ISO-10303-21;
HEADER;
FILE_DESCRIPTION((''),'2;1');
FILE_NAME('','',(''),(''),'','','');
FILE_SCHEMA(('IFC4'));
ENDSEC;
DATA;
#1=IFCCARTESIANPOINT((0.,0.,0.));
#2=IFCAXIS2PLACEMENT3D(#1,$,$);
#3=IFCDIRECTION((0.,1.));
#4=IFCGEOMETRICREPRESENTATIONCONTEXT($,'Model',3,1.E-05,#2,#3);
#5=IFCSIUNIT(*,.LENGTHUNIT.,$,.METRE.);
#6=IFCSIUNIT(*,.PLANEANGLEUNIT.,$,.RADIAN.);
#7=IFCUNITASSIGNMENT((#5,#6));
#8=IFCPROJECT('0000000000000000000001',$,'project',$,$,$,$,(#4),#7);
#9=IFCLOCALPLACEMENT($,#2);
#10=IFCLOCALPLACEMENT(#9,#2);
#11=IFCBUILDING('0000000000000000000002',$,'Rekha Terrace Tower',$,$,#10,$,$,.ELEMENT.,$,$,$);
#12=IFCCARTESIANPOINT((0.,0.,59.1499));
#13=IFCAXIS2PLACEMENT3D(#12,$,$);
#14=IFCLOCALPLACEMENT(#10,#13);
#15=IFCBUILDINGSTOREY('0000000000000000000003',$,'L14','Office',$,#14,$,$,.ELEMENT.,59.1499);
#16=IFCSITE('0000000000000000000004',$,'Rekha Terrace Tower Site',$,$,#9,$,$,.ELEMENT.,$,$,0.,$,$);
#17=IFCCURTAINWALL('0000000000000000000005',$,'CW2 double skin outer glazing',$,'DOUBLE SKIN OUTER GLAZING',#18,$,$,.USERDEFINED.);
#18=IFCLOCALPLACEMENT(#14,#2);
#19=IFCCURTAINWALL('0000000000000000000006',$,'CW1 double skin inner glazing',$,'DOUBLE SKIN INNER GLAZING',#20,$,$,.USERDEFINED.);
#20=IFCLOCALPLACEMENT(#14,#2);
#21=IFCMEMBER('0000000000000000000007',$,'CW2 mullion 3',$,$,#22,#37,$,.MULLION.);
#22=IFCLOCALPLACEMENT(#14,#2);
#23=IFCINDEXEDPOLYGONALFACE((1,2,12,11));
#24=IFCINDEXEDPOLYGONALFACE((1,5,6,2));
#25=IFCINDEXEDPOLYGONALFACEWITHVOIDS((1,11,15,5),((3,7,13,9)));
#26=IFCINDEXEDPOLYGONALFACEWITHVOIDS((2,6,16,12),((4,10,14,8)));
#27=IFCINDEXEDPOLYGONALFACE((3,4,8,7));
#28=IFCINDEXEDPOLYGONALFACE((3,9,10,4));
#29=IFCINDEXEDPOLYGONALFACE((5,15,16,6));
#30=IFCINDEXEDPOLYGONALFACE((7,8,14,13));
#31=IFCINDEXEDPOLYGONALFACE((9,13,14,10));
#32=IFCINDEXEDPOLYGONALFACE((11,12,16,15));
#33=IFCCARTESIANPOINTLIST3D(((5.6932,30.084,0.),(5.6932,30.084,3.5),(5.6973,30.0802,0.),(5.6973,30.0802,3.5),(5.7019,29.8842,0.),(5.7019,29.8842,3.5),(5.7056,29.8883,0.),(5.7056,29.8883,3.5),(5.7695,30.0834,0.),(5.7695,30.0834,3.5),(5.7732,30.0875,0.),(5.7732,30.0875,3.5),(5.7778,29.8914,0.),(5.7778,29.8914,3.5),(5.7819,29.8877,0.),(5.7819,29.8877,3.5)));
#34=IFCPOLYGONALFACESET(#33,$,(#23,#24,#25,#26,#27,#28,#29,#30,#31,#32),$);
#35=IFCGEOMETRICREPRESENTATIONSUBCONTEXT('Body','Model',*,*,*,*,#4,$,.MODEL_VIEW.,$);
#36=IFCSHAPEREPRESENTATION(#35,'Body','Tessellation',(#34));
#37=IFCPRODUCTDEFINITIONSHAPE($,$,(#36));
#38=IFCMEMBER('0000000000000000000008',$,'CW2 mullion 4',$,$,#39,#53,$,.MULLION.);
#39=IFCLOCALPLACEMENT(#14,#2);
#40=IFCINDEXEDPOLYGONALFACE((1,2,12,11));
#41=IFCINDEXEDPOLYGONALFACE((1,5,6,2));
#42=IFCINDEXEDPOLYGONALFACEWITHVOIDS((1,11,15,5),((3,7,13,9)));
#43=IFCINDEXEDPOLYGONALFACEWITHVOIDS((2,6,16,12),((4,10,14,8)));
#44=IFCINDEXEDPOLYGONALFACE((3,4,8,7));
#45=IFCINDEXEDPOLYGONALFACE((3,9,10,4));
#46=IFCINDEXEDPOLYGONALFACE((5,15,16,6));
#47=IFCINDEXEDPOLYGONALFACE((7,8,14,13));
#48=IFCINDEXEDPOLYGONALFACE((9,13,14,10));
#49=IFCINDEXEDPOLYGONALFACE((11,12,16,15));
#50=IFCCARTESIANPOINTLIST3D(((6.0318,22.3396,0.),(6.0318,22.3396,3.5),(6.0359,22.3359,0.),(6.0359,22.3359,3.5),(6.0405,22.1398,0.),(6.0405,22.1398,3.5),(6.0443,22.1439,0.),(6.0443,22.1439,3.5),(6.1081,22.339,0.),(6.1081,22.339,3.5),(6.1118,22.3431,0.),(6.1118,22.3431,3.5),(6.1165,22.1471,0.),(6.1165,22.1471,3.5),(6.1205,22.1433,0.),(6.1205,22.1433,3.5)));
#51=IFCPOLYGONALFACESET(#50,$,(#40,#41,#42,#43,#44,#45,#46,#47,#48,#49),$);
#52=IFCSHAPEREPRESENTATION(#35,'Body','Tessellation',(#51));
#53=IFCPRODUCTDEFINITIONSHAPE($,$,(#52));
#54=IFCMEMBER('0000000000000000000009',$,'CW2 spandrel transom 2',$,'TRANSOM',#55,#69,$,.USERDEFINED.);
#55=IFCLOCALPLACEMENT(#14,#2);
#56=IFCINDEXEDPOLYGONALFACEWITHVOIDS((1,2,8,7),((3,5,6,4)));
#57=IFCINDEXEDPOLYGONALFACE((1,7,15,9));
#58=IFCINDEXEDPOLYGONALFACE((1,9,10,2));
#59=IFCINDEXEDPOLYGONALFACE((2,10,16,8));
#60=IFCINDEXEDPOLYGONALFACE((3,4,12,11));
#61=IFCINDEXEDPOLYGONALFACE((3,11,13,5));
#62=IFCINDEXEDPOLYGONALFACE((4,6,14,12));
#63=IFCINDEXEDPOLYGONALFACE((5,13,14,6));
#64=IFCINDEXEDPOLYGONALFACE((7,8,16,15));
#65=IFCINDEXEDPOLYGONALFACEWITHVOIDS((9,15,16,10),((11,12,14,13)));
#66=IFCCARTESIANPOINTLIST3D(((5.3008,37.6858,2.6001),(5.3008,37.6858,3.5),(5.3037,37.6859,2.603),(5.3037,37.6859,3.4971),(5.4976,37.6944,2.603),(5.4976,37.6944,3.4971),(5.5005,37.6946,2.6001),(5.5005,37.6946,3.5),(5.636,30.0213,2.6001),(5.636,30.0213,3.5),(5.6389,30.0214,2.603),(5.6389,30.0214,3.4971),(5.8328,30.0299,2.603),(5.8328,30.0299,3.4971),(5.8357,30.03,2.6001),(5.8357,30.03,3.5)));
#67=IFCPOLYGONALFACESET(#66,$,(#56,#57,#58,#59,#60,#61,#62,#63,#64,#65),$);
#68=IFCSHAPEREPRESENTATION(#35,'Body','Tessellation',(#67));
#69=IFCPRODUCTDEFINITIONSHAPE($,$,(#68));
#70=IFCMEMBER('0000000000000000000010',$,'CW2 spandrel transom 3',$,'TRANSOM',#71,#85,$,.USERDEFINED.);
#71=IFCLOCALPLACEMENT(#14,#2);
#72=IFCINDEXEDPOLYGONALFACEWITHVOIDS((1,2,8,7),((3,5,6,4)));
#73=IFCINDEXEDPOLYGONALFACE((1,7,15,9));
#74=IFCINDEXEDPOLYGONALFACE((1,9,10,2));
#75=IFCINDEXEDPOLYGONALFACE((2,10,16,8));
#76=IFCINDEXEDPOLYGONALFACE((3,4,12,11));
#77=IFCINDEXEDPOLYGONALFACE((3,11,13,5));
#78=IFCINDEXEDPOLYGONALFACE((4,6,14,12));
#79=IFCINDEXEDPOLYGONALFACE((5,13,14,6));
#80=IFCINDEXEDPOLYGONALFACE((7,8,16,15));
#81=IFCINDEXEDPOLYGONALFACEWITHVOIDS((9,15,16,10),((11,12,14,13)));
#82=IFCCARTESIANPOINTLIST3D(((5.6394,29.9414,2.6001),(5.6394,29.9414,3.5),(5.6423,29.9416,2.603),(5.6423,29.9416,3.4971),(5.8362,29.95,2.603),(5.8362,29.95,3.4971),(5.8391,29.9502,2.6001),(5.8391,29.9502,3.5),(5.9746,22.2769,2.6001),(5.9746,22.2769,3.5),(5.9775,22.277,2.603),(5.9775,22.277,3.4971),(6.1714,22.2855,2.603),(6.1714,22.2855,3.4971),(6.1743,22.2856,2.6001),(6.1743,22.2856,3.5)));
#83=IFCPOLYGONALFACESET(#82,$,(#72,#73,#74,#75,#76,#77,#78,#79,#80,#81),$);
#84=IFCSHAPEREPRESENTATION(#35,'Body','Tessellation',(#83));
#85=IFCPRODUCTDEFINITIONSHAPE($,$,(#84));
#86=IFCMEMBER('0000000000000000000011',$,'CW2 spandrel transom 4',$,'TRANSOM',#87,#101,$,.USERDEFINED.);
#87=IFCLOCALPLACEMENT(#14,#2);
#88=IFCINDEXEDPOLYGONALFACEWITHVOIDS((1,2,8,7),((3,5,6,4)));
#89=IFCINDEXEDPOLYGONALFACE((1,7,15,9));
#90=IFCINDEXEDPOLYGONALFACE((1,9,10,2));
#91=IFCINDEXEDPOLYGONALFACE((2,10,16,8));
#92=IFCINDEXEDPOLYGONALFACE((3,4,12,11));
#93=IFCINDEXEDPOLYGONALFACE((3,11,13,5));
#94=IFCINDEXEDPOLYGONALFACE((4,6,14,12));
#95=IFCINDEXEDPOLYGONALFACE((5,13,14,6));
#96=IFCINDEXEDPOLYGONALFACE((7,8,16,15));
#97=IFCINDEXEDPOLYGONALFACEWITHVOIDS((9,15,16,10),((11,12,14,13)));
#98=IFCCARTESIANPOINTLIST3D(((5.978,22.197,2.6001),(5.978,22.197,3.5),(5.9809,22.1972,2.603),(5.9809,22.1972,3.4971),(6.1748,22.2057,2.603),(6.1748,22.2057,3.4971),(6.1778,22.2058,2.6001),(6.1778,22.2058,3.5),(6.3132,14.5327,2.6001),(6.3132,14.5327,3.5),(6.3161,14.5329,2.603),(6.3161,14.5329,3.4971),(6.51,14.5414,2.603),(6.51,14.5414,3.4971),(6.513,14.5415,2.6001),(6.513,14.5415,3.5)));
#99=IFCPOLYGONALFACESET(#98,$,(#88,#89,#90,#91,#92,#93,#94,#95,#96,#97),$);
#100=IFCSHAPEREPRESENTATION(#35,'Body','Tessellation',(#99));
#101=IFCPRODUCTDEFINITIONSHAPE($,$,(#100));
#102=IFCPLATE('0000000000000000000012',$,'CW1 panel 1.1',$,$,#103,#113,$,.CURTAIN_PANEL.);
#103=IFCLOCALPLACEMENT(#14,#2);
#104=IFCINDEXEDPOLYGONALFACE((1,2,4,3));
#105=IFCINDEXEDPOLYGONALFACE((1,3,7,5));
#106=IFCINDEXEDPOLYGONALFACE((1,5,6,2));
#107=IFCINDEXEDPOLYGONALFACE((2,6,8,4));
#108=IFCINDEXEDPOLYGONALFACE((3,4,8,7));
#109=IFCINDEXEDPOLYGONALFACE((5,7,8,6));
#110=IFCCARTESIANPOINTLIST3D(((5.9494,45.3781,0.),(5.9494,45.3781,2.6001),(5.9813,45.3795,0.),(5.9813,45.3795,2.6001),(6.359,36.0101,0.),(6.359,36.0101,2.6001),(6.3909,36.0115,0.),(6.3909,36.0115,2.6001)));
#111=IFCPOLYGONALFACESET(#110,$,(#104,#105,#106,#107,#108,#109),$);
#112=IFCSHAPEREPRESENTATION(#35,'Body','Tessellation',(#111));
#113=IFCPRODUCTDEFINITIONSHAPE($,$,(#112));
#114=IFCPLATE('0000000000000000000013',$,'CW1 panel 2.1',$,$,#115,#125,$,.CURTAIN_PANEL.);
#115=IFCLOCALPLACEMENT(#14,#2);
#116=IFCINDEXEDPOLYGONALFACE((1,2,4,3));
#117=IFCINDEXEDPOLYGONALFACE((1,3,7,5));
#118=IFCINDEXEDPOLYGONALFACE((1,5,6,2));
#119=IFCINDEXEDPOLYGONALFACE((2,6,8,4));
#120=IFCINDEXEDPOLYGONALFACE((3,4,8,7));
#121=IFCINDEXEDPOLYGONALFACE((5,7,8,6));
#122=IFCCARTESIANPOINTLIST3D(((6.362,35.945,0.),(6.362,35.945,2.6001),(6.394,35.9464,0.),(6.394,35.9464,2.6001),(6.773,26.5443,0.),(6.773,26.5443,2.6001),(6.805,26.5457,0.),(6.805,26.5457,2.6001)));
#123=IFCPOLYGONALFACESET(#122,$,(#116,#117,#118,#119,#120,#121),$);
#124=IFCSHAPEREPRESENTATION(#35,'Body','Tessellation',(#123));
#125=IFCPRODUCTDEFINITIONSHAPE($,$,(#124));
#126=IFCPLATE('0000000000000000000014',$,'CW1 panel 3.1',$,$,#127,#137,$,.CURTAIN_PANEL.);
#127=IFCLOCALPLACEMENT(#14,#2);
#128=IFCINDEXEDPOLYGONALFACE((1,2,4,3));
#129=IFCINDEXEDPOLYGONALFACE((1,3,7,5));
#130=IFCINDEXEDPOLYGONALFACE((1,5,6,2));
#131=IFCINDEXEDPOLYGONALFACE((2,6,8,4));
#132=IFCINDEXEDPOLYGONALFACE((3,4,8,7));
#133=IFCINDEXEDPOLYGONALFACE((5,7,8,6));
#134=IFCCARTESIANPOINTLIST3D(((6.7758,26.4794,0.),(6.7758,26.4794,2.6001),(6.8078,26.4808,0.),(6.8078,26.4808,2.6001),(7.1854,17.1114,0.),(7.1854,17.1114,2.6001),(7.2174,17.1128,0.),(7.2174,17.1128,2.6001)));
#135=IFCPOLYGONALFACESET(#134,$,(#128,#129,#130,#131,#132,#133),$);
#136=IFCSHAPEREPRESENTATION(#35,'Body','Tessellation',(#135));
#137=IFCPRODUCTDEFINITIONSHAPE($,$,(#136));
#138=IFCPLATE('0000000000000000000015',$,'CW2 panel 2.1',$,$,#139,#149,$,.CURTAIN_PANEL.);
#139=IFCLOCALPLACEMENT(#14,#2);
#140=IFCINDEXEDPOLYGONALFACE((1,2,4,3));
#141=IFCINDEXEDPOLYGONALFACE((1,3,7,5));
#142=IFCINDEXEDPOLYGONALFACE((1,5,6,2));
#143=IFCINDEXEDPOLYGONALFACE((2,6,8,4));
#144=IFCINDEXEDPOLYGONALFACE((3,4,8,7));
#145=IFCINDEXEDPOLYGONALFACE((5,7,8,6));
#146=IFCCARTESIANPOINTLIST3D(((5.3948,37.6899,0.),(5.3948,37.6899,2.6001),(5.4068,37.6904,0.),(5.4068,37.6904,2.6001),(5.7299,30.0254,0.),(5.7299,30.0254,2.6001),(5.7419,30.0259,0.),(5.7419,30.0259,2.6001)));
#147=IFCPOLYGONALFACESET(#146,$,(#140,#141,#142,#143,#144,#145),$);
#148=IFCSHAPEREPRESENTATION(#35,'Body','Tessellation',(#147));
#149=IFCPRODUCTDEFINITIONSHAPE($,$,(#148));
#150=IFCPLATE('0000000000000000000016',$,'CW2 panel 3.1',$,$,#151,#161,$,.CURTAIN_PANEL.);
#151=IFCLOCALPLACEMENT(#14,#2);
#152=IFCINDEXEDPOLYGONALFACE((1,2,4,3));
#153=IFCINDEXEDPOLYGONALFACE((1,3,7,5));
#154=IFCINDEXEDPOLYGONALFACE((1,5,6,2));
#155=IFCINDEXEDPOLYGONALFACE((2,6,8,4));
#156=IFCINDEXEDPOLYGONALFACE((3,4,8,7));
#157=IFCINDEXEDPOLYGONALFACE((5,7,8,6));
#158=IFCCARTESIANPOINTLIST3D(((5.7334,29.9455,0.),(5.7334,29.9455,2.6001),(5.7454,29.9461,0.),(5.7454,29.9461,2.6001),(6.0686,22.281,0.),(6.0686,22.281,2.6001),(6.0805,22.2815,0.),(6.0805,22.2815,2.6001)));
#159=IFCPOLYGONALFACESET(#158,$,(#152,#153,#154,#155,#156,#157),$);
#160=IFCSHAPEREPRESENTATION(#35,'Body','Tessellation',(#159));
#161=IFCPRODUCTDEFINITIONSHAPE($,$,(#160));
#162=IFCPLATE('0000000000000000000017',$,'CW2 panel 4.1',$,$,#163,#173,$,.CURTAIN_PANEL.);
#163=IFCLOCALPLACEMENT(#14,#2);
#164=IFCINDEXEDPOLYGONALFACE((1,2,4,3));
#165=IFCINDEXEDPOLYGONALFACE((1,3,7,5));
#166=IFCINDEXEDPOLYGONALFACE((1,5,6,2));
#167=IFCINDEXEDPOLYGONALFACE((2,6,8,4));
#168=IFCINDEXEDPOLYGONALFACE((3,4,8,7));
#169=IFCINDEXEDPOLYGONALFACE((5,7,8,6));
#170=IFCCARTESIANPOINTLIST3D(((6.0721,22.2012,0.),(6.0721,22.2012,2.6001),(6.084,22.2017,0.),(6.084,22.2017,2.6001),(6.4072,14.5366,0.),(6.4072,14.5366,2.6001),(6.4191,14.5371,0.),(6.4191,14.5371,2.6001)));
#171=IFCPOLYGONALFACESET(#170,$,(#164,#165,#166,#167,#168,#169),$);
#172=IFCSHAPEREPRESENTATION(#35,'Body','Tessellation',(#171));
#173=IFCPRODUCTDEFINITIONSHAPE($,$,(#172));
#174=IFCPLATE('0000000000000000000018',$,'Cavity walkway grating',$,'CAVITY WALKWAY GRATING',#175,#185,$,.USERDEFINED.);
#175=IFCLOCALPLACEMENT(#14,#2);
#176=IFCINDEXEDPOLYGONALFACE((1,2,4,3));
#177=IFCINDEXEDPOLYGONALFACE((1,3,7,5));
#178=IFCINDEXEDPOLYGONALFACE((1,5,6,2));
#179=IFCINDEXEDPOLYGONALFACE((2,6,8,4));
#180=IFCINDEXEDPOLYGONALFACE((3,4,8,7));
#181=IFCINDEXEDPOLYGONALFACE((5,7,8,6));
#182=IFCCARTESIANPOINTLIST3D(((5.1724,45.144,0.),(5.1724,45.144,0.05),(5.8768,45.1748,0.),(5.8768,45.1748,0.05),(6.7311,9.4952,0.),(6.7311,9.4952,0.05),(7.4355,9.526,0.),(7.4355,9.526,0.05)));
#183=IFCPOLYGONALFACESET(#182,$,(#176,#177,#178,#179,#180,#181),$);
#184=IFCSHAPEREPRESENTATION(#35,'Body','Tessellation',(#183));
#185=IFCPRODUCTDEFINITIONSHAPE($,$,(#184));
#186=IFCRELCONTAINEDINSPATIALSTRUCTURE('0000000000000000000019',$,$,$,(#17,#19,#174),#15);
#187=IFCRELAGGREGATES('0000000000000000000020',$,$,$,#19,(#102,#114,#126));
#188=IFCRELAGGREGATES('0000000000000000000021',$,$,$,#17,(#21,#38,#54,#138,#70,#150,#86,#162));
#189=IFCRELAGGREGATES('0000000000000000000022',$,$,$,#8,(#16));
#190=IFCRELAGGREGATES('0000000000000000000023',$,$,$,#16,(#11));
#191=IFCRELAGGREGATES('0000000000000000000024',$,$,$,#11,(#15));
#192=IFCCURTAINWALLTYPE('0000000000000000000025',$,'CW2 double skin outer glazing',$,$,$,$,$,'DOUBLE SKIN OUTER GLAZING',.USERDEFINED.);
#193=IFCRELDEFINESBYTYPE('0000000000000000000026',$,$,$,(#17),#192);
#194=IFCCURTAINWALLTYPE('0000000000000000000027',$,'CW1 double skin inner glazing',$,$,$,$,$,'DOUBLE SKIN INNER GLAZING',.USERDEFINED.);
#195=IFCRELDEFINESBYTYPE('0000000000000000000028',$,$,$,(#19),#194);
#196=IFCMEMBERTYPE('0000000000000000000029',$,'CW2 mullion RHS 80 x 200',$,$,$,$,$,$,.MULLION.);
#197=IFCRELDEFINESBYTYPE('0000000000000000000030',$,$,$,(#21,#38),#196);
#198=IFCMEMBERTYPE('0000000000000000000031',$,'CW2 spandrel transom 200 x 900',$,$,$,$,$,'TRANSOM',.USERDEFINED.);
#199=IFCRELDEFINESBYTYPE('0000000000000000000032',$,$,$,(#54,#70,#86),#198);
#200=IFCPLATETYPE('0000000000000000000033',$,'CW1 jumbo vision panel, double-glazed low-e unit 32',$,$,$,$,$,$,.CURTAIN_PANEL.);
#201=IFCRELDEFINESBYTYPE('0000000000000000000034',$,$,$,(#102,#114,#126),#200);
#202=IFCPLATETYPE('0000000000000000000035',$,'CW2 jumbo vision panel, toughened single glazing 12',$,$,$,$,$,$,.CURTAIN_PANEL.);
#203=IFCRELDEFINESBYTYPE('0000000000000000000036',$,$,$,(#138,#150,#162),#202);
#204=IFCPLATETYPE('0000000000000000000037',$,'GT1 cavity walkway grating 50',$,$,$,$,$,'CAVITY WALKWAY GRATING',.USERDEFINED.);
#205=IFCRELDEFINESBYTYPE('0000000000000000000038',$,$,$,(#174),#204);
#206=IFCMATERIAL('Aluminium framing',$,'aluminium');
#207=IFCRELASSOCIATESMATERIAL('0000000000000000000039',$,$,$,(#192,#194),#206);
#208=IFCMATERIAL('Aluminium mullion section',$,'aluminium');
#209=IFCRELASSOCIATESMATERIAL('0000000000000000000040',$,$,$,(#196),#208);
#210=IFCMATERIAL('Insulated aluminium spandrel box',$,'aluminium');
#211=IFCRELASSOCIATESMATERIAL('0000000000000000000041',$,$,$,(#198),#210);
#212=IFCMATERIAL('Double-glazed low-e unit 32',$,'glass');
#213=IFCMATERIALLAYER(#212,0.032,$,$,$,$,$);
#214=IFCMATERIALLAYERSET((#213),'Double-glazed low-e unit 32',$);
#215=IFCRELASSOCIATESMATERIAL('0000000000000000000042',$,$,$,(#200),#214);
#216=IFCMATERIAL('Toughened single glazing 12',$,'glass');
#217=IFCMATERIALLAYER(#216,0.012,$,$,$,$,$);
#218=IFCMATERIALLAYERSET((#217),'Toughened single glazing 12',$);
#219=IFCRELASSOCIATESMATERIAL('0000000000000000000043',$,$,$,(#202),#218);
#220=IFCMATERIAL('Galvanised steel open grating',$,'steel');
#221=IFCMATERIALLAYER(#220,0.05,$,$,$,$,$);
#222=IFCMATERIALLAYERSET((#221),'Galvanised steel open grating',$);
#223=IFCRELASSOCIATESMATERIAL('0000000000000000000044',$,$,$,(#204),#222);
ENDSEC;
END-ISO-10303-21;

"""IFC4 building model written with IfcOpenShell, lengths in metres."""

from ifc_helpers import new_model, si_unit, direction, frame, origin, origin_2d, place, context, subcontext, project, spatial, rectangle, hollow_rectangle, extrude, material, layer, layer_set, material_profile, profile_set, type_object, element, aggregate, save


model = new_model("IFC4")

# Units and contexts
model_context = context("Model", 3, precision=1e-05, world=origin(), true_north=direction((0.0, 1.0)))
body_context = subcontext(model_context, "Body", "Model", "MODEL_VIEW")
ifc_project = project(units=[si_unit("LENGTHUNIT", "METRE"), si_unit("PLANEANGLEUNIT", "RADIAN")], contexts=[model_context])

# Site, building, storey
site_placement = place(None, origin())
site = spatial("IfcSite", under=ifc_project, at=site_placement, Name="Rekha Terrace Tower Site", CompositionType="ELEMENT", RefElevation=0.0)
building_placement = place(site_placement, origin())
building = spatial("IfcBuilding", under=site, at=building_placement, Name="Rekha Terrace Tower", CompositionType="ELEMENT")
storey_placement = place(building_placement, frame((0.0, 0.0, 59.1499)))
storey = spatial("IfcBuildingStorey", under=building, at=storey_placement, Name="L14", Description="Office", CompositionType="ELEMENT", Elevation=59.1499)

# Curtain walls
ifc_material_1 = material(Name="Aluminium framing", Category="aluminium")
curtain_wall_type_1 = type_object("IfcCurtainWallType", Name="CW2 double skin outer glazing", ElementType="DOUBLE SKIN OUTER GLAZING", PredefinedType="USERDEFINED", material=ifc_material_1)
curtain_wall_1_placement = place(storey_placement, origin())
curtain_wall_1 = element("IfcCurtainWall", 1, at=curtain_wall_1_placement, inside=storey, type_object=curtain_wall_type_1, Name="CW2 double skin outer glazing", ObjectType="DOUBLE SKIN OUTER GLAZING", PredefinedType="USERDEFINED")
curtain_wall_type_2 = type_object("IfcCurtainWallType", Name="CW1 double skin inner glazing", ElementType="DOUBLE SKIN INNER GLAZING", PredefinedType="USERDEFINED", material=ifc_material_1)
curtain_wall_2_placement = place(storey_placement, origin())
curtain_wall_2 = element("IfcCurtainWall", 2, at=curtain_wall_2_placement, inside=storey, type_object=curtain_wall_type_2, Name="CW1 double skin inner glazing", ObjectType="DOUBLE SKIN INNER GLAZING", PredefinedType="USERDEFINED")
ifc_material_2 = material(Name="Aluminium mullion section", Category="aluminium")
ifc_material_3 = material(Name="Insulated aluminium spandrel box", Category="aluminium")

# Members
ifc_material_profile_1 = material_profile(ifc_material_2, hollow_rectangle(XDim=0.0801, YDim=0.2, WallThickness=0.0039, at=origin_2d()), Name="AL RHS 80x200")
ifc_profile_set_1 = profile_set([ifc_material_profile_1], Name="Aluminium mullion section")
member_type_1 = type_object("IfcMemberType", Name="CW2 mullion RHS 80 x 200", PredefinedType="MULLION", material=ifc_profile_set_1)
member_1_placement = place(storey_placement, frame((5.7375, 29.9858, 0.0), z_axis=(0.0, 0.0, 1.0), x_axis=(0.999045, 0.043683, 0.0)))
member_1 = element("IfcMember", 3, at=member_1_placement, type_object=member_type_1, Name="CW2 mullion 3", PredefinedType="MULLION", context=body_context, shape_type="SweptSolid", body=[
    extrude(hollow_rectangle(XDim=0.0801, YDim=0.2, WallThickness=0.0039, at=origin_2d()), origin(), (0.0, 0.0, 1.0), 3.5),
])
member_2_placement = place(storey_placement, frame((6.0762, 22.2415, 0.0), z_axis=(0.0, 0.0, 1.0), x_axis=(0.999045, 0.043683, 0.0)))
member_2 = element("IfcMember", 4, at=member_2_placement, type_object=member_type_1, Name="CW2 mullion 4", PredefinedType="MULLION", context=body_context, shape_type="SweptSolid", body=[
    extrude(hollow_rectangle(XDim=0.0801, YDim=0.2, WallThickness=0.0039, at=origin_2d()), origin(), (0.0, 0.0, 1.0), 3.5),
])
ifc_material_profile_2 = material_profile(ifc_material_3, hollow_rectangle(XDim=0.2, YDim=0.8999, WallThickness=0.0029, at=origin_2d()), Name="AL SPANDREL BOX 200x900")
ifc_profile_set_2 = profile_set([ifc_material_profile_2], Name="Insulated aluminium spandrel box")
member_type_2 = type_object("IfcMemberType", Name="CW2 spandrel transom 200 x 900", ElementType="TRANSOM", PredefinedType="USERDEFINED", material=ifc_profile_set_2)
member_3_placement = place(storey_placement, frame((5.4006, 37.6902, 3.05), z_axis=(0.043693, -0.999045, 0.0), x_axis=(0.999045, 0.043693, 0.0)))
member_3 = element("IfcMember", 5, at=member_3_placement, type_object=member_type_2, Name="CW2 spandrel transom 2", ObjectType="TRANSOM", PredefinedType="USERDEFINED", context=body_context, shape_type="SweptSolid", body=[
    extrude(hollow_rectangle(XDim=0.2, YDim=0.8999, WallThickness=0.0029, at=origin_2d()), origin(), (0.0, 0.0, 1.0), 7.6719),
])
member_4_placement = place(storey_placement, frame((5.7393, 29.9458, 3.05), z_axis=(0.043693, -0.999045, 0.0), x_axis=(0.999045, 0.043693, 0.0)))
member_4 = element("IfcMember", 6, at=member_4_placement, type_object=member_type_2, Name="CW2 spandrel transom 3", ObjectType="TRANSOM", PredefinedType="USERDEFINED", context=body_context, shape_type="SweptSolid", body=[
    extrude(hollow_rectangle(XDim=0.2, YDim=0.8999, WallThickness=0.0029, at=origin_2d()), origin(), (0.0, 0.0, 1.0), 7.6719),
])
member_5_placement = place(storey_placement, frame((6.0779, 22.2014, 3.05), z_axis=(0.043694, -0.999045, 0.0), x_axis=(0.999045, 0.043694, 0.0)))
member_5 = element("IfcMember", 7, at=member_5_placement, type_object=member_type_2, Name="CW2 spandrel transom 4", ObjectType="TRANSOM", PredefinedType="USERDEFINED", context=body_context, shape_type="SweptSolid", body=[
    extrude(hollow_rectangle(XDim=0.2, YDim=0.8999, WallThickness=0.0029, at=origin_2d()), origin(), (0.0, 0.0, 1.0), 7.6716),
])

# Plates
ifc_material_4 = material(Name="Double-glazed low-e unit 32", Category="glass")
ifc_layer_1 = layer(ifc_material_4, 0.032)
ifc_layer_set_1 = layer_set([ifc_layer_1], Name="Double-glazed low-e unit 32")
plate_type_1 = type_object("IfcPlateType", Name="CW1 jumbo vision panel, double-glazed low-e unit 32", PredefinedType="CURTAIN_PANEL", material=ifc_layer_set_1)
plate_1_placement = place(storey_placement, frame((6.1702, 40.6948, 0.0), z_axis=(0.0, 0.0, 1.0), x_axis=(0.043683, -0.999045, 0.0)))
plate_1 = element("IfcPlate", 8, at=plate_1_placement, type_object=plate_type_1, Name="CW1 panel 1.1", PredefinedType="CURTAIN_PANEL", context=body_context, shape_type="SweptSolid", body=[
    extrude(rectangle(XDim=9.377, YDim=0.032, at=origin_2d()), origin(), (0.0, 0.0, 1.0), 2.6001),
])
plate_2_placement = place(storey_placement, frame((6.5835, 31.2454, 0.0), z_axis=(0.0, 0.0, 1.0), x_axis=(0.043683, -0.999045, 0.0)))
plate_2 = element("IfcPlate", 9, at=plate_2_placement, type_object=plate_type_1, Name="CW1 panel 2.1", PredefinedType="CURTAIN_PANEL", context=body_context, shape_type="SweptSolid", body=[
    extrude(rectangle(XDim=9.4097, YDim=0.032, at=origin_2d()), origin(), (0.0, 0.0, 1.0), 2.6001),
])
plate_3_placement = place(storey_placement, frame((6.9966, 21.7961, 0.0), z_axis=(0.0, 0.0, 1.0), x_axis=(0.043683, -0.999045, 0.0)))
plate_3 = element("IfcPlate", 10, at=plate_3_placement, type_object=plate_type_1, Name="CW1 panel 3.1", PredefinedType="CURTAIN_PANEL", context=body_context, shape_type="SweptSolid", body=[
    extrude(rectangle(XDim=9.377, YDim=0.032, at=origin_2d()), origin(), (0.0, 0.0, 1.0), 2.6001),
])
aggregate(curtain_wall_2, [plate_1, plate_2, plate_3])
ifc_material_5 = material(Name="Toughened single glazing 12", Category="glass")
ifc_layer_2 = layer(ifc_material_5, 0.012)
ifc_layer_set_2 = layer_set([ifc_layer_2], Name="Toughened single glazing 12")
plate_type_2 = type_object("IfcPlateType", Name="CW2 jumbo vision panel, toughened single glazing 12", PredefinedType="CURTAIN_PANEL", material=ifc_layer_set_2)
plate_4_placement = place(storey_placement, frame((5.5684, 33.8579, 0.0), z_axis=(0.0, 0.0, 1.0), x_axis=(0.043683, -0.999045, 0.0)))
plate_4 = element("IfcPlate", 11, at=plate_4_placement, type_object=plate_type_2, Name="CW2 panel 2.1", PredefinedType="CURTAIN_PANEL", context=body_context, shape_type="SweptSolid", body=[
    extrude(rectangle(XDim=7.6719, YDim=0.012, at=origin_2d()), origin(), (0.0, 0.0, 1.0), 2.6001),
])
plate_5_placement = place(storey_placement, frame((5.907, 26.1135, 0.0), z_axis=(0.0, 0.0, 1.0), x_axis=(0.043683, -0.999045, 0.0)))
plate_5 = element("IfcPlate", 12, at=plate_5_placement, type_object=plate_type_2, Name="CW2 panel 3.1", PredefinedType="CURTAIN_PANEL", context=body_context, shape_type="SweptSolid", body=[
    extrude(rectangle(XDim=7.6719, YDim=0.012, at=origin_2d()), origin(), (0.0, 0.0, 1.0), 2.6001),
])
plate_6_placement = place(storey_placement, frame((6.2456, 18.3691, 0.0), z_axis=(0.0, 0.0, 1.0), x_axis=(0.043683, -0.999045, 0.0)))
plate_6 = element("IfcPlate", 13, at=plate_6_placement, type_object=plate_type_2, Name="CW2 panel 4.1", PredefinedType="CURTAIN_PANEL", context=body_context, shape_type="SweptSolid", body=[
    extrude(rectangle(XDim=7.6719, YDim=0.012, at=origin_2d()), origin(), (0.0, 0.0, 1.0), 2.6001),
])
aggregate(curtain_wall_1, [member_1, member_2, member_3, plate_4, member_4, plate_5, member_5, plate_6])
ifc_material_6 = material(Name="Galvanised steel open grating", Category="steel")
ifc_layer_3 = layer(ifc_material_6, 0.05)
ifc_layer_set_3 = layer_set([ifc_layer_3], Name="Galvanised steel open grating")
plate_type_3 = type_object("IfcPlateType", Name="GT1 cavity walkway grating 50", ElementType="CAVITY WALKWAY GRATING", PredefinedType="USERDEFINED", material=ifc_layer_set_3)
plate_7_placement = place(storey_placement, frame((6.304, 27.335, 0.0), z_axis=(0.0, 0.0, 1.0), x_axis=(0.043683, -0.999045, 0.0)))
element("IfcPlate", 14, at=plate_7_placement, inside=storey, type_object=plate_type_3, Name="Cavity walkway grating", ObjectType="CAVITY WALKWAY GRATING", PredefinedType="USERDEFINED", context=body_context, shape_type="SweptSolid", body=[
    extrude(rectangle(XDim=35.6829, YDim=0.7051, at=origin_2d()), origin(), (0.0, 0.0, 1.0), 0.05),
])

save(model, "model.ifc")
